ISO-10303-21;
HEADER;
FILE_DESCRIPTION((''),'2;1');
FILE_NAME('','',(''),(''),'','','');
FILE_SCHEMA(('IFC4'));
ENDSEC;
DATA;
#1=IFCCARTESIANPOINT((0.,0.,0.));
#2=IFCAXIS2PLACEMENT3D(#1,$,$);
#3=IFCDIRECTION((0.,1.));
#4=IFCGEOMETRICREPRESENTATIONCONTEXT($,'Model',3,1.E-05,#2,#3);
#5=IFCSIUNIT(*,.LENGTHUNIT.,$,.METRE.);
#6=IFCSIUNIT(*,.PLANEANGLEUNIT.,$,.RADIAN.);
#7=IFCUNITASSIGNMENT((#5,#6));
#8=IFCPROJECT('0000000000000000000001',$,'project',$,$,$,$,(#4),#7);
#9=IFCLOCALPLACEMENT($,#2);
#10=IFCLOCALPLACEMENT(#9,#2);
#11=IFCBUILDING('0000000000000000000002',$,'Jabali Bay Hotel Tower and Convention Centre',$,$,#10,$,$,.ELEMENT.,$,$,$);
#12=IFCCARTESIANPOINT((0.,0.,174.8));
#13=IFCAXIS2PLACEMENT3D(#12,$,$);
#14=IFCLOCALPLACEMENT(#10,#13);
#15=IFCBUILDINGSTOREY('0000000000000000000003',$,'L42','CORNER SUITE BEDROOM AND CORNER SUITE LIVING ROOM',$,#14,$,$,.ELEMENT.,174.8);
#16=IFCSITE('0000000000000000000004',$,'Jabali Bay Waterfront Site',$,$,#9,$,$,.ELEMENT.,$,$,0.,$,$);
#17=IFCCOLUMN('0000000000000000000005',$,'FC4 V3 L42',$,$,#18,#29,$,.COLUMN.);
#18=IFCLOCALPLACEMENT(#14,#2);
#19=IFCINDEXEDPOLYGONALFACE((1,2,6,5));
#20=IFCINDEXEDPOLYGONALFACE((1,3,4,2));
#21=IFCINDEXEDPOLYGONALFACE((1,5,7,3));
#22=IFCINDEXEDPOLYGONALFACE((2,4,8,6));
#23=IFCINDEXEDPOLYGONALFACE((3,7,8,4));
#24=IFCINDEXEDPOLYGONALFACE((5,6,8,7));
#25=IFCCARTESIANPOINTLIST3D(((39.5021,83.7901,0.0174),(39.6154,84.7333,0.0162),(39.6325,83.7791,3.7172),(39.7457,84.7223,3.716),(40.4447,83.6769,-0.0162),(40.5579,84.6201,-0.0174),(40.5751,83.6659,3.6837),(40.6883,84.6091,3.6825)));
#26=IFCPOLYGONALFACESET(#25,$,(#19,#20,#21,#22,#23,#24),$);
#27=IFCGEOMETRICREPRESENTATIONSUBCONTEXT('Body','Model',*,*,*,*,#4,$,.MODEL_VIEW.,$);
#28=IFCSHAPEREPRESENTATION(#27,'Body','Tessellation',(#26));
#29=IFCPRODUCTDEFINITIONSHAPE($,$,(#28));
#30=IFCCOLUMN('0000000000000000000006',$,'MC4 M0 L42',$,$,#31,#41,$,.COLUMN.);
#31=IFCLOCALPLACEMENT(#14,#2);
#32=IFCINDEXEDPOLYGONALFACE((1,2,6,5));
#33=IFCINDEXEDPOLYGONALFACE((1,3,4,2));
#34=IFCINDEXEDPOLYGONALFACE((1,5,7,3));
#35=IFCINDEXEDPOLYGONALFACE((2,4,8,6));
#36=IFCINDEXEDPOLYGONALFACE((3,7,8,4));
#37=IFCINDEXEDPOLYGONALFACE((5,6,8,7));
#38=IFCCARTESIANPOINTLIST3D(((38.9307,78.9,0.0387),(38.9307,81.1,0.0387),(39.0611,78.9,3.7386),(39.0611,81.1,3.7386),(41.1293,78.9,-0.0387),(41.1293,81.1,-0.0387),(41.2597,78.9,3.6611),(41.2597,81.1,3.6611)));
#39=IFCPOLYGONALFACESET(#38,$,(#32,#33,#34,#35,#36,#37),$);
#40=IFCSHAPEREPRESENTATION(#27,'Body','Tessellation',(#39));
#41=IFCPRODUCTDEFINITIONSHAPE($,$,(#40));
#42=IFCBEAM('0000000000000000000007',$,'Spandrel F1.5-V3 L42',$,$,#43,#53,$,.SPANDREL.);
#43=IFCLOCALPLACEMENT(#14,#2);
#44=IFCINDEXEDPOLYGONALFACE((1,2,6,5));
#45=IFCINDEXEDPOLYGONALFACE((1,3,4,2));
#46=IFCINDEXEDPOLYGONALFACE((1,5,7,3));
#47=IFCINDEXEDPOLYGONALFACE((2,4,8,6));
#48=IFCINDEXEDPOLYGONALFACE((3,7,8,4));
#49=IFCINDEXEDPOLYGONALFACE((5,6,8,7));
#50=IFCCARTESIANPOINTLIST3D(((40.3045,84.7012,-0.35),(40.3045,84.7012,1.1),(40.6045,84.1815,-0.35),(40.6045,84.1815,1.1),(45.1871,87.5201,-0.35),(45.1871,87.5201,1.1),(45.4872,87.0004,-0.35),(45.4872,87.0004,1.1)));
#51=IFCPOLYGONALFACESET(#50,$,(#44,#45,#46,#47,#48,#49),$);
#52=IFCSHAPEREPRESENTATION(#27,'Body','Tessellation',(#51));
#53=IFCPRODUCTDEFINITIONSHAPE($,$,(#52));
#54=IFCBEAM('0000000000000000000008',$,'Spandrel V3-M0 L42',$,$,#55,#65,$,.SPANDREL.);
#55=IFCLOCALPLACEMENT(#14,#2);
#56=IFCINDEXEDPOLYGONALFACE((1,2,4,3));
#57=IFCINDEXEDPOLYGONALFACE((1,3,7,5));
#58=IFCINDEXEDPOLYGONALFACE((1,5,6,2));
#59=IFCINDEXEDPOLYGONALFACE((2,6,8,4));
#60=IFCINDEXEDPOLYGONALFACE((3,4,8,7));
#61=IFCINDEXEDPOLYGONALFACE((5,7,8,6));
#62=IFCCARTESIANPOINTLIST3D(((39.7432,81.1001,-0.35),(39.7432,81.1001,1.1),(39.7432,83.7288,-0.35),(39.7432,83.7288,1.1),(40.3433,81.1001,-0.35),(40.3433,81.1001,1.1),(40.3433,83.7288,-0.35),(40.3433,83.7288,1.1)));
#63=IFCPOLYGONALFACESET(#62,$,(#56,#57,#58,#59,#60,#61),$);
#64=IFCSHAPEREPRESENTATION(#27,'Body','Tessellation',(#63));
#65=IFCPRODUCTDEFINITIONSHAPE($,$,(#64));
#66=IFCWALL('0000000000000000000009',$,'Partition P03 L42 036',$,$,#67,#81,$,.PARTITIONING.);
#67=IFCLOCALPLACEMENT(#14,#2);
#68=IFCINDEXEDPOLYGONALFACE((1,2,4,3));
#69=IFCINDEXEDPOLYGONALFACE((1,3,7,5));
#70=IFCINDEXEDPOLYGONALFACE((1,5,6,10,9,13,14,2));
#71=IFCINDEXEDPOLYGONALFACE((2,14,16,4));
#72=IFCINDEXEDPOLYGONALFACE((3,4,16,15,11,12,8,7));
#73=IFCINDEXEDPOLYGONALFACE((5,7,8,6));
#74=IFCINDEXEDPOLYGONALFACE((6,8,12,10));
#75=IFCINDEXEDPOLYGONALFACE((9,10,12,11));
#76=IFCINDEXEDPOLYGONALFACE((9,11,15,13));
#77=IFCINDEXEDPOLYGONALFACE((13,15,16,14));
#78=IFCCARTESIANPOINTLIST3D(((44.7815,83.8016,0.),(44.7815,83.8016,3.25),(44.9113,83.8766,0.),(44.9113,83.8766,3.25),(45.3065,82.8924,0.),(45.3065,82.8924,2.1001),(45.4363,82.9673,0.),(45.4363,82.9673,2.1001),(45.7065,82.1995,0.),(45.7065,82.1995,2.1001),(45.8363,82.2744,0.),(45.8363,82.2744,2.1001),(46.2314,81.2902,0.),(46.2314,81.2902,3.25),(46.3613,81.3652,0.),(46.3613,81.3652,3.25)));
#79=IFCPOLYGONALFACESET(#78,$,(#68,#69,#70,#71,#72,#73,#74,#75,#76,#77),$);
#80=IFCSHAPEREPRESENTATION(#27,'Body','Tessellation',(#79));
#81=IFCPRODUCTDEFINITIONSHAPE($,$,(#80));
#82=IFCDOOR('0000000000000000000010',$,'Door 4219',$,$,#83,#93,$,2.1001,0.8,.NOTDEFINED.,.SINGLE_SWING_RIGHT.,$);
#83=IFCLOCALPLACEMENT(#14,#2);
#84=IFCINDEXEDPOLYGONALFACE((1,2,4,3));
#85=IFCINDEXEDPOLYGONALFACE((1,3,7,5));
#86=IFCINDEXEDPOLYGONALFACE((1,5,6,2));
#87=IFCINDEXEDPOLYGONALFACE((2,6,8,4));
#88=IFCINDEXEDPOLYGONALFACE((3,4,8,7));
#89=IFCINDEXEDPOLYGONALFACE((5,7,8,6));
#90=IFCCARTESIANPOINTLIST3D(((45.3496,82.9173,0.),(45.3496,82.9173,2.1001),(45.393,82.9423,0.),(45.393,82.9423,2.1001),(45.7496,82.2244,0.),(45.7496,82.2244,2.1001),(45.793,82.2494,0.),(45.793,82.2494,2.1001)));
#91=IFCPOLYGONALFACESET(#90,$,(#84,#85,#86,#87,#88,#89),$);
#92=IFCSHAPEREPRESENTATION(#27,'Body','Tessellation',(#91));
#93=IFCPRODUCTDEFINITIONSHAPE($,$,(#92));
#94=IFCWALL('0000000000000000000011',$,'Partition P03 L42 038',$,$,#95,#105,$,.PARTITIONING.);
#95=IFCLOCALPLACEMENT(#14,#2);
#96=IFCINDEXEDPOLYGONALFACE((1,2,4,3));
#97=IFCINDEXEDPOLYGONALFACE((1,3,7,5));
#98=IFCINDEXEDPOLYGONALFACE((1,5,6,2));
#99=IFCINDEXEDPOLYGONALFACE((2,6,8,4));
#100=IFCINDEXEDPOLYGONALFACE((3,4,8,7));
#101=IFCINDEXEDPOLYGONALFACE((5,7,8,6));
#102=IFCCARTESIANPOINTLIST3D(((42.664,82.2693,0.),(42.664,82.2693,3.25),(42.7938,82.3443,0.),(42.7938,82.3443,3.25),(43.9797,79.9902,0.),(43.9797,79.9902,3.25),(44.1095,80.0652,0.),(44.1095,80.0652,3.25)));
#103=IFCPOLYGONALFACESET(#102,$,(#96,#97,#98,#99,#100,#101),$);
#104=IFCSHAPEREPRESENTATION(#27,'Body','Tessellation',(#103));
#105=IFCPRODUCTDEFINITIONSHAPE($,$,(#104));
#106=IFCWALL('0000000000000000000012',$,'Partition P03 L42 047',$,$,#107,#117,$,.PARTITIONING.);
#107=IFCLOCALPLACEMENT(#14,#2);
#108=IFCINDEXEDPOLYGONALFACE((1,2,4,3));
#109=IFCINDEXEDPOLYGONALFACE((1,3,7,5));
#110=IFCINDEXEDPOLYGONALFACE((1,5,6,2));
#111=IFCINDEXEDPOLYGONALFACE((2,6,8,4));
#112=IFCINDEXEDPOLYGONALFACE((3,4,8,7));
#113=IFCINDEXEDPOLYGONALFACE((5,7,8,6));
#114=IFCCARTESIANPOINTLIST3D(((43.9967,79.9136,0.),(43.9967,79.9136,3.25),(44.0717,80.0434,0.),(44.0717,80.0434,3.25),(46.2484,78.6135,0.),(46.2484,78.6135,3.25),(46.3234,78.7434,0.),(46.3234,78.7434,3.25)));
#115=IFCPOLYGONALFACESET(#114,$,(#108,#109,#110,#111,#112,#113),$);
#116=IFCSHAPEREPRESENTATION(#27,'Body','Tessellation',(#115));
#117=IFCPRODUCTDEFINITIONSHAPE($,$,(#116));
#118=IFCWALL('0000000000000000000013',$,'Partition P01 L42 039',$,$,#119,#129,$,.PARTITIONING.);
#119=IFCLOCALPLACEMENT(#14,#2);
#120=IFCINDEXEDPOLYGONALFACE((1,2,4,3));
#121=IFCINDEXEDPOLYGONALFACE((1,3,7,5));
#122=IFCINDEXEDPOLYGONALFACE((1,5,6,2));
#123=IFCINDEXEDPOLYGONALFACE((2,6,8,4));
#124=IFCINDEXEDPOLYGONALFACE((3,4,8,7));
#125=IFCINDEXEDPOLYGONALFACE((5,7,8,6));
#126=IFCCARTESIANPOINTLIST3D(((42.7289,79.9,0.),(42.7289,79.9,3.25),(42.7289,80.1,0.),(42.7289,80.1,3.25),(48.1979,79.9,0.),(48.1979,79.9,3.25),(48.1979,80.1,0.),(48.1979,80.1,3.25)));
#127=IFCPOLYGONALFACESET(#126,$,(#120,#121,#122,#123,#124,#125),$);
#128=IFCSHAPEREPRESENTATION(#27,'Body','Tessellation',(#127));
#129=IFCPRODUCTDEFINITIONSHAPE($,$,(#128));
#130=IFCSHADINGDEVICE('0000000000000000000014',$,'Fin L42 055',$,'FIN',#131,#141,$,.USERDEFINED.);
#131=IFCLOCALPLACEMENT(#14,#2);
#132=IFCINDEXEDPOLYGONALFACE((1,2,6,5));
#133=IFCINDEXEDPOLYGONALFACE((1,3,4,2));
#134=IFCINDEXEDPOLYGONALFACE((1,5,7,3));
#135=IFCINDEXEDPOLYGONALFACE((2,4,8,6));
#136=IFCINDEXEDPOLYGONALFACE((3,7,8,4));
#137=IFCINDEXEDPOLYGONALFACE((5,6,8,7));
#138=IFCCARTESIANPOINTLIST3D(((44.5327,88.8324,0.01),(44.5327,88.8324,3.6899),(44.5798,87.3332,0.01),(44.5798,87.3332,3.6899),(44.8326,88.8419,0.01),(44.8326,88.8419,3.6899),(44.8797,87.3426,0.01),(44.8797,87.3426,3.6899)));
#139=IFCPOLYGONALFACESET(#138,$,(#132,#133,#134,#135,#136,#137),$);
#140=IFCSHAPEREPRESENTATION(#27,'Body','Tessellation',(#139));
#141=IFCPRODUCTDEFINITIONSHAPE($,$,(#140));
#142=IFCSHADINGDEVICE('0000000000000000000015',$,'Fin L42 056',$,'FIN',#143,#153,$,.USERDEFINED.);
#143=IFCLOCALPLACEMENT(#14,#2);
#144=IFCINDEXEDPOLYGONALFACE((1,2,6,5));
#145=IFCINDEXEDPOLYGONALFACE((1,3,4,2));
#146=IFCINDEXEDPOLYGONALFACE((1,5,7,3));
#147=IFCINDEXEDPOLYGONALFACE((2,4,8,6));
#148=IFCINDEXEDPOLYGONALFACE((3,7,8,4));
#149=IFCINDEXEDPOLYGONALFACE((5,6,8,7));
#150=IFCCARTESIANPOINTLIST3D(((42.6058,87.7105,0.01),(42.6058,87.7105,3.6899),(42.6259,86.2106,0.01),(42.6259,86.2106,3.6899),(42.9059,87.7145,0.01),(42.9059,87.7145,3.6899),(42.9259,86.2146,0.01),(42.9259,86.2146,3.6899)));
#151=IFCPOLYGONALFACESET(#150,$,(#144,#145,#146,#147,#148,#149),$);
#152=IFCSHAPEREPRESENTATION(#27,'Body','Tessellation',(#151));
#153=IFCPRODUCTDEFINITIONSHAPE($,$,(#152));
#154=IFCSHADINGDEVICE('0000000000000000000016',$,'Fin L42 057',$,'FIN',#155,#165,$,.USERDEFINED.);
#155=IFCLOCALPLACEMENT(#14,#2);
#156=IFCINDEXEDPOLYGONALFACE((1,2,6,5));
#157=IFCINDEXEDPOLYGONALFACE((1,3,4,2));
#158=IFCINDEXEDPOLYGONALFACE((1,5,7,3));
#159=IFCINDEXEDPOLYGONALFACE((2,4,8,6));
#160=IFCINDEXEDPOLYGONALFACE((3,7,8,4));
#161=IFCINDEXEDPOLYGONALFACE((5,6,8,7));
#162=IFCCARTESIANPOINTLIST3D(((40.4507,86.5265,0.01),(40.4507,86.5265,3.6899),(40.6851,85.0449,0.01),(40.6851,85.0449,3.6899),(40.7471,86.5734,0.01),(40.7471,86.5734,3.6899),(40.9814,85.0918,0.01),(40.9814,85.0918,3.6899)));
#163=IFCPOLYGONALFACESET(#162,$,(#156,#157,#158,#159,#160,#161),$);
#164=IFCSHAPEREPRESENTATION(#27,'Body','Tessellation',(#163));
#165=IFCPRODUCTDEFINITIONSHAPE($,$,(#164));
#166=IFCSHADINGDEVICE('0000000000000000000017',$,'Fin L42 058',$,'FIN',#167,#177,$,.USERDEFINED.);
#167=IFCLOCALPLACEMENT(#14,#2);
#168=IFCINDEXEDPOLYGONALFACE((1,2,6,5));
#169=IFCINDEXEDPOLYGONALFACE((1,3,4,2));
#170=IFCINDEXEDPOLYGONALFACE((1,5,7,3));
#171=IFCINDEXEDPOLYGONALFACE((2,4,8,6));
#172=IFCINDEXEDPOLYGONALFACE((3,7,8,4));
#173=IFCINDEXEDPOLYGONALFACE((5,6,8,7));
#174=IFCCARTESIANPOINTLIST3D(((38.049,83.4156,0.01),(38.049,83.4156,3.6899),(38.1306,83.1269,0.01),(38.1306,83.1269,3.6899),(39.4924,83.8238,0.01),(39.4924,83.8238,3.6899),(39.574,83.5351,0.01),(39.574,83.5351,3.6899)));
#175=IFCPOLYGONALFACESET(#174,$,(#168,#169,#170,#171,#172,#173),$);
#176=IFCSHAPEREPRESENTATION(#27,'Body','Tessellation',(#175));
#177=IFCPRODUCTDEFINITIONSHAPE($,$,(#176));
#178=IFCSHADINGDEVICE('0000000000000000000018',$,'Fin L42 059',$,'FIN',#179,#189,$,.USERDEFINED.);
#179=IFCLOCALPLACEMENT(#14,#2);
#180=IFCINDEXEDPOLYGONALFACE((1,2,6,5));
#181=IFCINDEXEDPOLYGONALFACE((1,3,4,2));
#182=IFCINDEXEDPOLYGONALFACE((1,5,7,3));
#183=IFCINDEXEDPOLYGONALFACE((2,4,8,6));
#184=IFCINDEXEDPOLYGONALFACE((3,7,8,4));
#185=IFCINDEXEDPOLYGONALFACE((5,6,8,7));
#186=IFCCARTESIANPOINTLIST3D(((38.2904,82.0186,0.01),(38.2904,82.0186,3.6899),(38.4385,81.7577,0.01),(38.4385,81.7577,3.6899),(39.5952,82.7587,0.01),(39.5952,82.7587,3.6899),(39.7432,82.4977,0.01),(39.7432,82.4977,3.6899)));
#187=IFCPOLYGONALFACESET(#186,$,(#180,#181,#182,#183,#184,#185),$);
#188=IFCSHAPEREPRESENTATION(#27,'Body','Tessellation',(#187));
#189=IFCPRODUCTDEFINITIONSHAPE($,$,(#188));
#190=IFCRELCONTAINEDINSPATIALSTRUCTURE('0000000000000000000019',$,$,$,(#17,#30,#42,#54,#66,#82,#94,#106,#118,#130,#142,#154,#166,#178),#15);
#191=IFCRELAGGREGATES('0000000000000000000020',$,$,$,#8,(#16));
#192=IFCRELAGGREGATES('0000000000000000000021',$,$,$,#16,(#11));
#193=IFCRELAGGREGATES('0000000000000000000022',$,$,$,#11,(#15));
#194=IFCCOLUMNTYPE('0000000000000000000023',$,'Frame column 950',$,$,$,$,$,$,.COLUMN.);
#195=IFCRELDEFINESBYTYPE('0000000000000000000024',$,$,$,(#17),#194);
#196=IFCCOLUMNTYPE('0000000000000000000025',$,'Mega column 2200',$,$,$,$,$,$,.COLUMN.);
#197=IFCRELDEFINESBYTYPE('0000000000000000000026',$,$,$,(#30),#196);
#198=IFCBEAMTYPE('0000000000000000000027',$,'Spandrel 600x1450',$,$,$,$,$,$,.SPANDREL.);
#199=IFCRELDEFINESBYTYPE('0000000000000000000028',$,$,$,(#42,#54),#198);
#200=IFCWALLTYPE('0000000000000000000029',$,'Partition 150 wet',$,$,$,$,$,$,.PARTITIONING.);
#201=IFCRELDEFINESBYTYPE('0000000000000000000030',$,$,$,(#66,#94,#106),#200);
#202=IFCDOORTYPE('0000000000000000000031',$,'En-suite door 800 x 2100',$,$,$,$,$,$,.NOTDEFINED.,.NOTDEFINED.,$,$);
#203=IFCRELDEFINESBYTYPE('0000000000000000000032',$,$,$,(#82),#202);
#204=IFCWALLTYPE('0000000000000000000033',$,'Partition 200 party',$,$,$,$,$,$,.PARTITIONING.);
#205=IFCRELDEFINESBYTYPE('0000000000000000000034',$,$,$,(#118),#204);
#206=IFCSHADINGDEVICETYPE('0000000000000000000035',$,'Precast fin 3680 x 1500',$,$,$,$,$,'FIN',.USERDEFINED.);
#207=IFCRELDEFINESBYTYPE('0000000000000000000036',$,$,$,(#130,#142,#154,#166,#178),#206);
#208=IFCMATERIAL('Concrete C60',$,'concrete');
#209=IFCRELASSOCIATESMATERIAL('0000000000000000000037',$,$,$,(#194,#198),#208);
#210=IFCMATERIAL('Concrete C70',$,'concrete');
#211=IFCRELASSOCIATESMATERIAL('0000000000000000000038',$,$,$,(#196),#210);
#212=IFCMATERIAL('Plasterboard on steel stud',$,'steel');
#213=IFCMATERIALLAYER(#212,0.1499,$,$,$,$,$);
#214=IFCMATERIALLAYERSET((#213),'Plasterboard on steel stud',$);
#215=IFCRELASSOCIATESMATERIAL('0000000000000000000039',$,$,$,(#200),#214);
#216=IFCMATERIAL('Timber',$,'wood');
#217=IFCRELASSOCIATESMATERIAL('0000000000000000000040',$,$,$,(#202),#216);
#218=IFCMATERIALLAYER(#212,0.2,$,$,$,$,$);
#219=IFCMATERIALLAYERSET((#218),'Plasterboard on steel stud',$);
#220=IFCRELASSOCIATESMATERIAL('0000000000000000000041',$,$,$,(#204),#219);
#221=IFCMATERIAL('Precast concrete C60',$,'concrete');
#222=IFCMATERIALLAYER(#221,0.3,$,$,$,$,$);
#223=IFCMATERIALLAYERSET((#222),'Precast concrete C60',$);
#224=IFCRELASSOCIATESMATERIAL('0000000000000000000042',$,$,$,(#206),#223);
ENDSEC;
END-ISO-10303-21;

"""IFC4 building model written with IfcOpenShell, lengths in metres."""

from ifc_helpers import new_model, si_unit, direction, frame, frame_2d, origin, origin_2d, place, context, subcontext, project, spatial, rectangle, extrude, material, layer, layer_set, material_profile, profile_set, type_object, element, fill, save


model = new_model("IFC4")

# Units and contexts
model_context = context("Model", 3, precision=1e-05, world=origin(), true_north=direction((0.0, 1.0)))
body_context = subcontext(model_context, "Body", "Model", "MODEL_VIEW")
ifc_project = project(units=[si_unit("LENGTHUNIT", "METRE"), si_unit("PLANEANGLEUNIT", "RADIAN")], contexts=[model_context])

# Site, building, storey
site_placement = place(None, origin())
site = spatial("IfcSite", under=ifc_project, at=site_placement, Name="Jabali Bay Waterfront Site", CompositionType="ELEMENT", RefElevation=0.0)
building_placement = place(site_placement, origin())
building = spatial("IfcBuilding", under=site, at=building_placement, Name="Jabali Bay Hotel Tower and Convention Centre", CompositionType="ELEMENT")
storey_placement = place(building_placement, frame((0.0, 0.0, 174.8)))
storey = spatial("IfcBuildingStorey", under=building, at=storey_placement, Name="L42", Description="CORNER SUITE BEDROOM AND CORNER SUITE LIVING ROOM", CompositionType="ELEMENT", Elevation=174.8)

# Columns
ifc_material_1 = material(Name="Concrete C60", Category="concrete")
ifc_material_profile_1 = material_profile(ifc_material_1, rectangle(XDim=0.95, YDim=0.95, at=origin_2d()), Name="Frame column 950")
ifc_profile_set_1 = profile_set([ifc_material_profile_1], Name="Concrete C60")
column_type_1 = type_object("IfcColumnType", Name="Frame column 950", PredefinedType="COLUMN", material=ifc_profile_set_1)
column_1_placement = place(storey_placement, frame((40.03, 84.2051, 0.0), z_axis=(0.035214, -0.002967, 0.999375), x_axis=(-0.992245, 0.119178, 0.035317)))
element("IfcColumn", 1, at=column_1_placement, inside=storey, type_object=column_type_1, Name="FC4 V3 L42", PredefinedType="COLUMN", context=body_context, shape_type="SweptSolid", body=[
    extrude(rectangle(XDim=0.95, YDim=0.95, at=origin_2d()), origin(), (0.0, 0.0, 1.0), 3.7021),
])
ifc_material_2 = material(Name="Concrete C70", Category="concrete")
ifc_material_profile_2 = material_profile(ifc_material_2, rectangle(XDim=2.2, YDim=2.2, at=origin_2d()), Name="Mega column 2200")
ifc_profile_set_2 = profile_set([ifc_material_profile_2], Name="Concrete C70")
column_type_2 = type_object("IfcColumnType", Name="Mega column 2200", PredefinedType="COLUMN", material=ifc_profile_set_2)
column_2_placement = place(storey_placement, frame((40.03, 80.0, 0.0), z_axis=(0.035214, 0.0, 0.99938), x_axis=(0.0, 1.0, 0.0)))
element("IfcColumn", 2, at=column_2_placement, inside=storey, type_object=column_type_2, Name="MC4 M0 L42", PredefinedType="COLUMN", context=body_context, shape_type="SweptSolid", body=[
    extrude(rectangle(XDim=2.2, YDim=2.2, at=origin_2d()), origin(), (0.0, 0.0, 1.0), 3.7021),
])

# Beams
ifc_material_profile_3 = material_profile(ifc_material_1, rectangle(XDim=0.6001, YDim=1.45, at=origin_2d()), Name="Spandrel 600x1450")
ifc_profile_set_3 = profile_set([ifc_material_profile_3], Name="Concrete C60")
beam_type = type_object("IfcBeamType", Name="Spandrel 600x1450", PredefinedType="SPANDREL", material=ifc_profile_set_3)
beam_1_placement = place(storey_placement, frame((45.3372, 87.2603, 0.375), z_axis=(-0.866033, -0.499986, 0.0), x_axis=(0.499986, -0.866033, 0.0)))
element("IfcBeam", 3, at=beam_1_placement, inside=storey, type_object=beam_type, Name="Spandrel F1.5-V3 L42", PredefinedType="SPANDREL", context=body_context, shape_type="SweptSolid", body=[
    extrude(rectangle(XDim=0.6001, YDim=1.45, at=origin_2d()), origin(), (0.0, 0.0, 1.0), 5.6379),
])
beam_2_placement = place(storey_placement, frame((40.0432, 83.7288, 0.375), z_axis=(0.0, -1.0, 0.0), x_axis=(1.0, 0.0, 0.0)))
element("IfcBeam", 4, at=beam_2_placement, inside=storey, type_object=beam_type, Name="Spandrel V3-M0 L42", PredefinedType="SPANDREL", context=body_context, shape_type="SweptSolid", body=[
    extrude(rectangle(XDim=0.6001, YDim=1.45, at=origin_2d()), origin(), (0.0, 0.0, 1.0), 2.6287),
])

# Wall, opening, door
ifc_material_3 = material(Name="Plasterboard on steel stud", Category="steel")
ifc_layer_1 = layer(ifc_material_3, 0.1499)
ifc_layer_set_1 = layer_set([ifc_layer_1], Name="Plasterboard on steel stud")
wall_type_1 = type_object("IfcWallType", Name="Partition 150 wet", PredefinedType="PARTITIONING", material=ifc_layer_set_1)
wall_1_placement = place(storey_placement, frame((44.8464, 83.8391, 0.0), z_axis=(0.0, 0.0, 1.0), x_axis=(0.499987, -0.866033, 0.0)))
wall_1 = element("IfcWall", 5, at=wall_1_placement, inside=storey, type_object=wall_type_1, Name="Partition P03 L42 036", PredefinedType="PARTITIONING", context=body_context, shape_type="SweptSolid", body=[
    extrude(rectangle(XDim=2.8999, YDim=0.1499, at=frame_2d((1.45, 0.0))), origin(), (0.0, 0.0, 1.0), 3.25),
])
opening_1_placement = place(wall_1_placement, frame((1.05, 0.0, 0.0)))
opening_1 = element("IfcOpeningElement", 6, at=opening_1_placement, cuts=wall_1, PredefinedType="OPENING", context=body_context, shape_type="SweptSolid", body=[
    extrude(rectangle(XDim=0.8, YDim=2.1001, at=frame_2d((0.3999, 1.05))), frame((0.0, 0.0854, 0.0), z_axis=(0.0, -1.0, 0.0), x_axis=(1.0, 0.0, 0.0)), (0.0, 0.0, 1.0), 0.1709),
])
ifc_material_4 = material(Name="Timber", Category="wood")
door_type_1 = type_object("IfcDoorType", Name="En-suite door 800 x 2100", OperationType="NOTDEFINED", PredefinedType="NOTDEFINED", material=ifc_material_4)
door_1_placement = place(opening_1_placement, origin())
door_1 = element("IfcDoor", 7, at=door_1_placement, inside=storey, type_object=door_type_1, Name="Door 4219", OperationType="SINGLE_SWING_RIGHT", OverallHeight=2.1001, OverallWidth=0.8, PredefinedType="NOTDEFINED", context=body_context, shape_type="SweptSolid", body=[
    extrude(rectangle(XDim=0.8, YDim=2.1001, at=frame_2d((0.3999, 1.05))), frame((0.0, 0.0249, 0.0), z_axis=(0.0, -1.0, 0.0), x_axis=(1.0, 0.0, 0.0)), (0.0, 0.0, 1.0), 0.05),
])
fill(opening_1, door_1)

# Walls
wall_2_placement = place(storey_placement, frame((44.0447, 80.0276, 0.0), z_axis=(0.0, 0.0, 1.0), x_axis=(-0.499961, 0.866048, 0.0)))
element("IfcWall", 8, at=wall_2_placement, inside=storey, type_object=wall_type_1, Name="Partition P03 L42 038", PredefinedType="PARTITIONING", context=body_context, shape_type="SweptSolid", body=[
    extrude(rectangle(XDim=2.6316, YDim=0.1499, at=frame_2d((1.3159, 0.0))), origin(), (0.0, 0.0, 1.0), 3.25),
])
wall_3_placement = place(storey_placement, frame((44.0342, 79.9785, 0.0), z_axis=(0.0, 0.0, 1.0), x_axis=(0.866021, -0.500007, 0.0)))
element("IfcWall", 9, at=wall_3_placement, inside=storey, type_object=wall_type_1, Name="Partition P03 L42 047", PredefinedType="PARTITIONING", context=body_context, shape_type="SweptSolid", body=[
    extrude(rectangle(XDim=2.6001, YDim=0.1499, at=frame_2d((1.3, 0.0))), origin(), (0.0, 0.0, 1.0), 3.25),
])
ifc_layer_2 = layer(ifc_material_3, 0.2)
ifc_layer_set_2 = layer_set([ifc_layer_2], Name="Plasterboard on steel stud")
wall_type_2 = type_object("IfcWallType", Name="Partition 200 party", PredefinedType="PARTITIONING", material=ifc_layer_set_2)
wall_4_placement = place(storey_placement, frame((42.729, 80.0, 0.0), z_axis=(0.0, 0.0, 1.0), x_axis=(1.0, 0.0, 0.0)))
element("IfcWall", 10, at=wall_4_placement, inside=storey, type_object=wall_type_2, Name="Partition P01 L42 039", PredefinedType="PARTITIONING", context=body_context, shape_type="SweptSolid", body=[
    extrude(rectangle(XDim=5.469, YDim=0.2, at=frame_2d((2.7344, 0.0))), origin(), (0.0, 0.0, 1.0), 3.25),
])

# Shading devices
ifc_material_5 = material(Name="Precast concrete C60", Category="concrete")
ifc_layer_3 = layer(ifc_material_5, 0.3)
ifc_layer_set_3 = layer_set([ifc_layer_3], Name="Precast concrete C60")
shading_device_type = type_object("IfcShadingDeviceType", Name="Precast fin 3680 x 1500", ElementType="FIN", PredefinedType="USERDEFINED", material=ifc_layer_set_3)
for number, where, z_axis, x_axis, name in (
    (11, (44.7297, 87.3379, 0.01), (0.0, 0.0, 1.0), (-0.031413, 0.999507, 0.0), "Fin L42 055"),
    (12, (42.7759, 86.2126, 0.01), (0.0, 0.0, 1.0), (-0.013347, 0.999911, 0.0), "Fin L42 056"),
    (13, (40.8333, 85.0684, 0.01), (0.0, 0.0, 1.0), (-0.156238, 0.987719, 0.0), "Fin L42 057"),
    (14, (39.5332, 83.6794, 0.01), (0.0, 0.0, 1.0), (-0.962258, -0.27214, 0.0), "Fin L42 058"),
    (15, (39.6692, 82.6282, 0.01), (0.0, 0.0, 1.0), (-0.869831, -0.493349, 0.0), "Fin L42 059"),
):
    element("IfcShadingDevice", number, at=place(storey_placement, frame(where, z_axis=z_axis, x_axis=x_axis)), inside=storey, type_object=shading_device_type, Name=name, ObjectType="FIN", PredefinedType="USERDEFINED", context=body_context, shape_type="SweptSolid", body=[
        extrude(rectangle(XDim=1.5, YDim=0.3, at=frame_2d((0.75, 0.0))), origin(), (0.0, 0.0, 1.0), 3.6799),
    ])

save(model, "model.ifc")
